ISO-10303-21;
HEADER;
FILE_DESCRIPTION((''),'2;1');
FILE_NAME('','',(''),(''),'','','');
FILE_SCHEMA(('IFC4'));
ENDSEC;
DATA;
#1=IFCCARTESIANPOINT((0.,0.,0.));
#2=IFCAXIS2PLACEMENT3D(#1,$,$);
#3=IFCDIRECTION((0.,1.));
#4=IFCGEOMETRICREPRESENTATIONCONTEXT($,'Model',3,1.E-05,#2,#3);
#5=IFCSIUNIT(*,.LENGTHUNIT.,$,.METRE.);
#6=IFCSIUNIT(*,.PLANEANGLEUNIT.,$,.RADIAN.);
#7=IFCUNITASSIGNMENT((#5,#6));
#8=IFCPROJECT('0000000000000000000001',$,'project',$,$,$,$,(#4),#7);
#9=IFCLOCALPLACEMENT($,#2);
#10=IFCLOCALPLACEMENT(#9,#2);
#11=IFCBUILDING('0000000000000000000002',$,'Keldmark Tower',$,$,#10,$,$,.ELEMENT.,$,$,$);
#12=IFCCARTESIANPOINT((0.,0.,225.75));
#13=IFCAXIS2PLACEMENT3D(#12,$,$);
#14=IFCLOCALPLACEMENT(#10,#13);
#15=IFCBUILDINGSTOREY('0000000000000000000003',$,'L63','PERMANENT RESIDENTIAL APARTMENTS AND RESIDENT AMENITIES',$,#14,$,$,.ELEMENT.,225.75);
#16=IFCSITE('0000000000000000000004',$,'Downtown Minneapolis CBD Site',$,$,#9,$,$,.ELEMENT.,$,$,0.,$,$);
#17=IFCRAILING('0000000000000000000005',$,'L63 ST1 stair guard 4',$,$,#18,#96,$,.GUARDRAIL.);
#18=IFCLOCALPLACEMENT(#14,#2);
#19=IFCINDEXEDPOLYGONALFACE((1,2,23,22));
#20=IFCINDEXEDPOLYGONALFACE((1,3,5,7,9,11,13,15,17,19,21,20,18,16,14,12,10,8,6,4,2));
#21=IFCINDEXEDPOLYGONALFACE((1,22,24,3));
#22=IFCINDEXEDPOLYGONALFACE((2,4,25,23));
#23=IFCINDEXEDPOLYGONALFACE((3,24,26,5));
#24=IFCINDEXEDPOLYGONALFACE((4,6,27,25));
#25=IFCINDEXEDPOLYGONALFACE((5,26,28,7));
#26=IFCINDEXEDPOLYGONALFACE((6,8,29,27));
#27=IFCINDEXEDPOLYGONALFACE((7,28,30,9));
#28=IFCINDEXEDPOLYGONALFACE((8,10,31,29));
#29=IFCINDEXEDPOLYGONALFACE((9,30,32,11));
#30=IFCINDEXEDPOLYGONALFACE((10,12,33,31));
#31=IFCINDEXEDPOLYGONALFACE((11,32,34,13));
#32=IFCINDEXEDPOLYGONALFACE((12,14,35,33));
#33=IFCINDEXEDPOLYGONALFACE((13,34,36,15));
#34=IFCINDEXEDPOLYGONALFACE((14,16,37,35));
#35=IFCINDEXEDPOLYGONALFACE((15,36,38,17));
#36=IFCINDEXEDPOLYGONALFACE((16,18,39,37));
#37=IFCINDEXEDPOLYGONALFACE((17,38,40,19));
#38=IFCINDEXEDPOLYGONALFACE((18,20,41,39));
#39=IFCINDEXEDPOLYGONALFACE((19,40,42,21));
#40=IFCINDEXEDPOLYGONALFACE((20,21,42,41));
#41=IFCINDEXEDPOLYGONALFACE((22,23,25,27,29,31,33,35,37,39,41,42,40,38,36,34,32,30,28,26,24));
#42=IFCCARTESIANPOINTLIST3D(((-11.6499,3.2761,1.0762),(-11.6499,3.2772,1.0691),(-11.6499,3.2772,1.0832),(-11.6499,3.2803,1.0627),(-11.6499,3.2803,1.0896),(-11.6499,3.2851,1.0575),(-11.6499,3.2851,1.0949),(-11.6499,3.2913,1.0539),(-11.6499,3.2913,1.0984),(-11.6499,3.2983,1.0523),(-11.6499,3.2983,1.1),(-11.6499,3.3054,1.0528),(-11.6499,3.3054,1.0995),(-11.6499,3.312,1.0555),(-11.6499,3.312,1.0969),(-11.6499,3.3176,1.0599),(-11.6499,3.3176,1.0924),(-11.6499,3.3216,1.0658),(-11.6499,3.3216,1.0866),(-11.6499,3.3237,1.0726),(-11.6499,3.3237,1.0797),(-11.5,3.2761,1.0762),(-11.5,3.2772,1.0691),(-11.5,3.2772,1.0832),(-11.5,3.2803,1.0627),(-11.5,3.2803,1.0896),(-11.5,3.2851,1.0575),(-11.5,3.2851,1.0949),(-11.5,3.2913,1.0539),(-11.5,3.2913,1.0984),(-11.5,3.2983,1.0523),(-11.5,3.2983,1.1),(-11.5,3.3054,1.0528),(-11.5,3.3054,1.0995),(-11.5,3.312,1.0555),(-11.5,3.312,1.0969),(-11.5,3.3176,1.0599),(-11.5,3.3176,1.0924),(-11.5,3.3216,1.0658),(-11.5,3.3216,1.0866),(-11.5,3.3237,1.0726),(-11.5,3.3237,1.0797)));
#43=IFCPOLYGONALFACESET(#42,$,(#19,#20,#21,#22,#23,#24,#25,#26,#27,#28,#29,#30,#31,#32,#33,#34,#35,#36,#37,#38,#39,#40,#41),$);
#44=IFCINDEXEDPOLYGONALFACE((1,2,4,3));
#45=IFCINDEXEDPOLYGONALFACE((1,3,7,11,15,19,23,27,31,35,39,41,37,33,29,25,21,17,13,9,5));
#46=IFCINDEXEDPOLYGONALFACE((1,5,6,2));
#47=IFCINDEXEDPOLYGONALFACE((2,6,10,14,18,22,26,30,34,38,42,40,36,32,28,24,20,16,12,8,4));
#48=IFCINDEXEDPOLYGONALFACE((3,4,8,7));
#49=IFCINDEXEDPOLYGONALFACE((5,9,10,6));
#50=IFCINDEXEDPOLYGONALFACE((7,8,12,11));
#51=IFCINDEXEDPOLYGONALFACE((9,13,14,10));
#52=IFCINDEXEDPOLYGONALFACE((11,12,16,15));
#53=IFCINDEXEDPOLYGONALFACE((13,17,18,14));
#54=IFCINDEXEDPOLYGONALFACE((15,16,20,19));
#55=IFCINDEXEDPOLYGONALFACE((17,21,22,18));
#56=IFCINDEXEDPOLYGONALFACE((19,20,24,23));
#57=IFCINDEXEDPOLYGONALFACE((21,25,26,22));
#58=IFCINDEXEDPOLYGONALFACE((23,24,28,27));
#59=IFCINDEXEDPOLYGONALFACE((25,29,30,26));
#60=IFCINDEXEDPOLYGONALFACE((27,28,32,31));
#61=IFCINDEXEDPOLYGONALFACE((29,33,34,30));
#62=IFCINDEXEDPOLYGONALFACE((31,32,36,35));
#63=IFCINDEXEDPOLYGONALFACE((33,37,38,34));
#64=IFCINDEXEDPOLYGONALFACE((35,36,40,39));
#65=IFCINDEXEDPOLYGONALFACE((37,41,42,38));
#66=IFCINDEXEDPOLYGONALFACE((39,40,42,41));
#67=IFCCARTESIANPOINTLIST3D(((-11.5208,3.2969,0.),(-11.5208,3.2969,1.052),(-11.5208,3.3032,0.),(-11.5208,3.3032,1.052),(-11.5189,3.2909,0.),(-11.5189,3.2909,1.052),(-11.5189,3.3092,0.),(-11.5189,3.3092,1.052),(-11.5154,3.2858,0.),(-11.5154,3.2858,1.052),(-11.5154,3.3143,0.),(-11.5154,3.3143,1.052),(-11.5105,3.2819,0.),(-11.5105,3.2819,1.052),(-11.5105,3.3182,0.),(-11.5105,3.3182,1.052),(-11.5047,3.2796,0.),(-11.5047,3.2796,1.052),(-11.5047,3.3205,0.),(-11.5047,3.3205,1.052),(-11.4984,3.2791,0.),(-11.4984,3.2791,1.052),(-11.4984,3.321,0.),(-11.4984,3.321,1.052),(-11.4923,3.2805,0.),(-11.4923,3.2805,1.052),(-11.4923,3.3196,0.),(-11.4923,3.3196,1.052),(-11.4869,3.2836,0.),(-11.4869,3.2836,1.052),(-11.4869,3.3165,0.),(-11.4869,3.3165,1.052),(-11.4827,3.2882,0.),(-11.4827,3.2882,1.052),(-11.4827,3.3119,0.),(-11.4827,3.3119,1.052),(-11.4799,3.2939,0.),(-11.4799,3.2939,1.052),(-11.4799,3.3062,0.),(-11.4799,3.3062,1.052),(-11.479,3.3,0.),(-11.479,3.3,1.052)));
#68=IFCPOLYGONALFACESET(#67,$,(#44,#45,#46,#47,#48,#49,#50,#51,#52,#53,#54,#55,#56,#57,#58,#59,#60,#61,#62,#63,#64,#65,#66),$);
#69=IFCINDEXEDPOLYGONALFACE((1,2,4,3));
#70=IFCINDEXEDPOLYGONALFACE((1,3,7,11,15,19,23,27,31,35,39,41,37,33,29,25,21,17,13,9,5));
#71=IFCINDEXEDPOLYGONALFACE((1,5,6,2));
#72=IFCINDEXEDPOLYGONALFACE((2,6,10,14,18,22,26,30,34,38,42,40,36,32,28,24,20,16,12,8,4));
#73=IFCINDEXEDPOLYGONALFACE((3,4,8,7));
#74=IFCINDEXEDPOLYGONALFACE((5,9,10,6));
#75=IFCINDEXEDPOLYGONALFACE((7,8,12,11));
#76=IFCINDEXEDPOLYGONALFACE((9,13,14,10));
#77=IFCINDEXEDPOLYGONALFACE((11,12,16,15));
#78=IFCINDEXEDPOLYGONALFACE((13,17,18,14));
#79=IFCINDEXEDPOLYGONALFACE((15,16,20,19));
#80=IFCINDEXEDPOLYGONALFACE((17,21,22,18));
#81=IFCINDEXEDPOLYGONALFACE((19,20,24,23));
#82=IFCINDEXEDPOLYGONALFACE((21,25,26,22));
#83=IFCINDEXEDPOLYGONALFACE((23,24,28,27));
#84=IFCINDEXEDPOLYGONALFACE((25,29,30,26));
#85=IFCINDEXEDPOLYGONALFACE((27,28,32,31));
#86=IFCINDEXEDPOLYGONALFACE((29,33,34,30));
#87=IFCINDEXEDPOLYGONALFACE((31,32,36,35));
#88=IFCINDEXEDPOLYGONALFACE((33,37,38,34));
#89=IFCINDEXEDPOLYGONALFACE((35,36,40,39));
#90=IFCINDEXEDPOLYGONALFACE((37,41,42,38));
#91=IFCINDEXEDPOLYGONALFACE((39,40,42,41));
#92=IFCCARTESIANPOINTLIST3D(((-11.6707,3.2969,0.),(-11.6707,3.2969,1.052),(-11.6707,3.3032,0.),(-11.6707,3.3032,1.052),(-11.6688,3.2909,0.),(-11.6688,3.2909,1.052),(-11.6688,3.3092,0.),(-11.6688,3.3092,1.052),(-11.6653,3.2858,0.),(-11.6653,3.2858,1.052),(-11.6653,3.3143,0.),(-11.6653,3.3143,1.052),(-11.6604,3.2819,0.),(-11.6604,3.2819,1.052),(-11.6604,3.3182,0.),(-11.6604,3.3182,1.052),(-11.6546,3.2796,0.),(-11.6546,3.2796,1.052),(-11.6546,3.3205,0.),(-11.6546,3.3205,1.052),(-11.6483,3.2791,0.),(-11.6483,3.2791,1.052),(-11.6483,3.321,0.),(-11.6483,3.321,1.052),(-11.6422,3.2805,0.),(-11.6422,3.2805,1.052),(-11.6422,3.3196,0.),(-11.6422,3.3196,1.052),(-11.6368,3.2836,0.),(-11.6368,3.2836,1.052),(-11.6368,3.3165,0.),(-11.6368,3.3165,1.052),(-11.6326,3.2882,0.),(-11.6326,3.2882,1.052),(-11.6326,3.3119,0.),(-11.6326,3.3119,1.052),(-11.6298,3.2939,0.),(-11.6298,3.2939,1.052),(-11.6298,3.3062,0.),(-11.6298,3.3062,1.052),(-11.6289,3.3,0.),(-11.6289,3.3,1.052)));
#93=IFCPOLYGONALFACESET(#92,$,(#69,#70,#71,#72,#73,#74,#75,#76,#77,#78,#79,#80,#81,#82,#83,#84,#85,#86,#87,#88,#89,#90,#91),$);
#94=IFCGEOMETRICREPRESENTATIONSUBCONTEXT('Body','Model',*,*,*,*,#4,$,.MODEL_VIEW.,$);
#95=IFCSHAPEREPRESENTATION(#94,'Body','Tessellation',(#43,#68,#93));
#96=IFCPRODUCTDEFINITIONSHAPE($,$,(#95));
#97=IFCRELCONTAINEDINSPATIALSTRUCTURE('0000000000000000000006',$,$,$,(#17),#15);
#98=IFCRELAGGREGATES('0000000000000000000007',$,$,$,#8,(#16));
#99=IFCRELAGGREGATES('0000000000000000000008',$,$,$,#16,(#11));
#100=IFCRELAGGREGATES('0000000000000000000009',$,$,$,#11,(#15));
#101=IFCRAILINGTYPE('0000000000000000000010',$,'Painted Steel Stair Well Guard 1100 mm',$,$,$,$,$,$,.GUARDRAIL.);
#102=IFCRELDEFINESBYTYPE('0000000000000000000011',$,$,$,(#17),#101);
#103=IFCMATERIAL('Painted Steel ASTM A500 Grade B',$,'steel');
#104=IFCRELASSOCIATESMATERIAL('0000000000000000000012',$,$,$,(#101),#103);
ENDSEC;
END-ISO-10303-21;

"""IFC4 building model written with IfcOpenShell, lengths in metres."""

from ifc_helpers import new_model, si_unit, direction, frame, origin, origin_2d, place, context, subcontext, project, spatial, circle, extrude, material, type_object, element, save


model = new_model("IFC4")

# Units and contexts
model_context = context("Model", 3, precision=1e-05, world=origin(), true_north=direction((0.0, 1.0)))
body_context = subcontext(model_context, "Body", "Model", "MODEL_VIEW")
ifc_project = project(units=[si_unit("LENGTHUNIT", "METRE"), si_unit("PLANEANGLEUNIT", "RADIAN")], contexts=[model_context])

# Site, building, storey
site_placement = place(None, origin())
site = spatial("IfcSite", under=ifc_project, at=site_placement, Name="Downtown Minneapolis CBD Site", CompositionType="ELEMENT", RefElevation=0.0)
building_placement = place(site_placement, origin())
building = spatial("IfcBuilding", under=site, at=building_placement, Name="Keldmark Tower", CompositionType="ELEMENT")
storey_placement = place(building_placement, frame((0.0, 0.0, 225.75)))
storey = spatial("IfcBuildingStorey", under=building, at=storey_placement, Name="L63", Description="PERMANENT RESIDENTIAL APARTMENTS AND RESIDENT AMENITIES", CompositionType="ELEMENT", Elevation=225.75)

# Railing
ifc_material_1 = material(Name="Painted Steel ASTM A500 Grade B", Category="steel")
railing_type_1 = type_object("IfcRailingType", Name="Painted Steel Stair Well Guard 1100 mm", PredefinedType="GUARDRAIL", material=ifc_material_1)
railing_1_placement = place(storey_placement, frame((-11.5, 3.3, 0.0)))
element("IfcRailing", 1, at=railing_1_placement, inside=storey, type_object=railing_type_1, Name="L63 ST1 stair guard 4", PredefinedType="GUARDRAIL", context=body_context, shape_type="SweptSolid", body=[
    extrude(circle(Radius=0.0239, at=origin_2d()), frame((0.0, 0.0, 1.0762), z_axis=(-1.0, 0.0, 0.0), x_axis=(0.0, -1.0, 0.0)), (0.0, 0.0, 1.0), 0.1499),
    extrude(circle(Radius=0.021, at=origin_2d()), origin(), (0.0, 0.0, 1.0), 1.052),
    extrude(circle(Radius=0.021, at=origin_2d()), frame((-0.1499, 0.0, 0.0)), (0.0, 0.0, 1.0), 1.052),
])

save(model, "model.ifc")
